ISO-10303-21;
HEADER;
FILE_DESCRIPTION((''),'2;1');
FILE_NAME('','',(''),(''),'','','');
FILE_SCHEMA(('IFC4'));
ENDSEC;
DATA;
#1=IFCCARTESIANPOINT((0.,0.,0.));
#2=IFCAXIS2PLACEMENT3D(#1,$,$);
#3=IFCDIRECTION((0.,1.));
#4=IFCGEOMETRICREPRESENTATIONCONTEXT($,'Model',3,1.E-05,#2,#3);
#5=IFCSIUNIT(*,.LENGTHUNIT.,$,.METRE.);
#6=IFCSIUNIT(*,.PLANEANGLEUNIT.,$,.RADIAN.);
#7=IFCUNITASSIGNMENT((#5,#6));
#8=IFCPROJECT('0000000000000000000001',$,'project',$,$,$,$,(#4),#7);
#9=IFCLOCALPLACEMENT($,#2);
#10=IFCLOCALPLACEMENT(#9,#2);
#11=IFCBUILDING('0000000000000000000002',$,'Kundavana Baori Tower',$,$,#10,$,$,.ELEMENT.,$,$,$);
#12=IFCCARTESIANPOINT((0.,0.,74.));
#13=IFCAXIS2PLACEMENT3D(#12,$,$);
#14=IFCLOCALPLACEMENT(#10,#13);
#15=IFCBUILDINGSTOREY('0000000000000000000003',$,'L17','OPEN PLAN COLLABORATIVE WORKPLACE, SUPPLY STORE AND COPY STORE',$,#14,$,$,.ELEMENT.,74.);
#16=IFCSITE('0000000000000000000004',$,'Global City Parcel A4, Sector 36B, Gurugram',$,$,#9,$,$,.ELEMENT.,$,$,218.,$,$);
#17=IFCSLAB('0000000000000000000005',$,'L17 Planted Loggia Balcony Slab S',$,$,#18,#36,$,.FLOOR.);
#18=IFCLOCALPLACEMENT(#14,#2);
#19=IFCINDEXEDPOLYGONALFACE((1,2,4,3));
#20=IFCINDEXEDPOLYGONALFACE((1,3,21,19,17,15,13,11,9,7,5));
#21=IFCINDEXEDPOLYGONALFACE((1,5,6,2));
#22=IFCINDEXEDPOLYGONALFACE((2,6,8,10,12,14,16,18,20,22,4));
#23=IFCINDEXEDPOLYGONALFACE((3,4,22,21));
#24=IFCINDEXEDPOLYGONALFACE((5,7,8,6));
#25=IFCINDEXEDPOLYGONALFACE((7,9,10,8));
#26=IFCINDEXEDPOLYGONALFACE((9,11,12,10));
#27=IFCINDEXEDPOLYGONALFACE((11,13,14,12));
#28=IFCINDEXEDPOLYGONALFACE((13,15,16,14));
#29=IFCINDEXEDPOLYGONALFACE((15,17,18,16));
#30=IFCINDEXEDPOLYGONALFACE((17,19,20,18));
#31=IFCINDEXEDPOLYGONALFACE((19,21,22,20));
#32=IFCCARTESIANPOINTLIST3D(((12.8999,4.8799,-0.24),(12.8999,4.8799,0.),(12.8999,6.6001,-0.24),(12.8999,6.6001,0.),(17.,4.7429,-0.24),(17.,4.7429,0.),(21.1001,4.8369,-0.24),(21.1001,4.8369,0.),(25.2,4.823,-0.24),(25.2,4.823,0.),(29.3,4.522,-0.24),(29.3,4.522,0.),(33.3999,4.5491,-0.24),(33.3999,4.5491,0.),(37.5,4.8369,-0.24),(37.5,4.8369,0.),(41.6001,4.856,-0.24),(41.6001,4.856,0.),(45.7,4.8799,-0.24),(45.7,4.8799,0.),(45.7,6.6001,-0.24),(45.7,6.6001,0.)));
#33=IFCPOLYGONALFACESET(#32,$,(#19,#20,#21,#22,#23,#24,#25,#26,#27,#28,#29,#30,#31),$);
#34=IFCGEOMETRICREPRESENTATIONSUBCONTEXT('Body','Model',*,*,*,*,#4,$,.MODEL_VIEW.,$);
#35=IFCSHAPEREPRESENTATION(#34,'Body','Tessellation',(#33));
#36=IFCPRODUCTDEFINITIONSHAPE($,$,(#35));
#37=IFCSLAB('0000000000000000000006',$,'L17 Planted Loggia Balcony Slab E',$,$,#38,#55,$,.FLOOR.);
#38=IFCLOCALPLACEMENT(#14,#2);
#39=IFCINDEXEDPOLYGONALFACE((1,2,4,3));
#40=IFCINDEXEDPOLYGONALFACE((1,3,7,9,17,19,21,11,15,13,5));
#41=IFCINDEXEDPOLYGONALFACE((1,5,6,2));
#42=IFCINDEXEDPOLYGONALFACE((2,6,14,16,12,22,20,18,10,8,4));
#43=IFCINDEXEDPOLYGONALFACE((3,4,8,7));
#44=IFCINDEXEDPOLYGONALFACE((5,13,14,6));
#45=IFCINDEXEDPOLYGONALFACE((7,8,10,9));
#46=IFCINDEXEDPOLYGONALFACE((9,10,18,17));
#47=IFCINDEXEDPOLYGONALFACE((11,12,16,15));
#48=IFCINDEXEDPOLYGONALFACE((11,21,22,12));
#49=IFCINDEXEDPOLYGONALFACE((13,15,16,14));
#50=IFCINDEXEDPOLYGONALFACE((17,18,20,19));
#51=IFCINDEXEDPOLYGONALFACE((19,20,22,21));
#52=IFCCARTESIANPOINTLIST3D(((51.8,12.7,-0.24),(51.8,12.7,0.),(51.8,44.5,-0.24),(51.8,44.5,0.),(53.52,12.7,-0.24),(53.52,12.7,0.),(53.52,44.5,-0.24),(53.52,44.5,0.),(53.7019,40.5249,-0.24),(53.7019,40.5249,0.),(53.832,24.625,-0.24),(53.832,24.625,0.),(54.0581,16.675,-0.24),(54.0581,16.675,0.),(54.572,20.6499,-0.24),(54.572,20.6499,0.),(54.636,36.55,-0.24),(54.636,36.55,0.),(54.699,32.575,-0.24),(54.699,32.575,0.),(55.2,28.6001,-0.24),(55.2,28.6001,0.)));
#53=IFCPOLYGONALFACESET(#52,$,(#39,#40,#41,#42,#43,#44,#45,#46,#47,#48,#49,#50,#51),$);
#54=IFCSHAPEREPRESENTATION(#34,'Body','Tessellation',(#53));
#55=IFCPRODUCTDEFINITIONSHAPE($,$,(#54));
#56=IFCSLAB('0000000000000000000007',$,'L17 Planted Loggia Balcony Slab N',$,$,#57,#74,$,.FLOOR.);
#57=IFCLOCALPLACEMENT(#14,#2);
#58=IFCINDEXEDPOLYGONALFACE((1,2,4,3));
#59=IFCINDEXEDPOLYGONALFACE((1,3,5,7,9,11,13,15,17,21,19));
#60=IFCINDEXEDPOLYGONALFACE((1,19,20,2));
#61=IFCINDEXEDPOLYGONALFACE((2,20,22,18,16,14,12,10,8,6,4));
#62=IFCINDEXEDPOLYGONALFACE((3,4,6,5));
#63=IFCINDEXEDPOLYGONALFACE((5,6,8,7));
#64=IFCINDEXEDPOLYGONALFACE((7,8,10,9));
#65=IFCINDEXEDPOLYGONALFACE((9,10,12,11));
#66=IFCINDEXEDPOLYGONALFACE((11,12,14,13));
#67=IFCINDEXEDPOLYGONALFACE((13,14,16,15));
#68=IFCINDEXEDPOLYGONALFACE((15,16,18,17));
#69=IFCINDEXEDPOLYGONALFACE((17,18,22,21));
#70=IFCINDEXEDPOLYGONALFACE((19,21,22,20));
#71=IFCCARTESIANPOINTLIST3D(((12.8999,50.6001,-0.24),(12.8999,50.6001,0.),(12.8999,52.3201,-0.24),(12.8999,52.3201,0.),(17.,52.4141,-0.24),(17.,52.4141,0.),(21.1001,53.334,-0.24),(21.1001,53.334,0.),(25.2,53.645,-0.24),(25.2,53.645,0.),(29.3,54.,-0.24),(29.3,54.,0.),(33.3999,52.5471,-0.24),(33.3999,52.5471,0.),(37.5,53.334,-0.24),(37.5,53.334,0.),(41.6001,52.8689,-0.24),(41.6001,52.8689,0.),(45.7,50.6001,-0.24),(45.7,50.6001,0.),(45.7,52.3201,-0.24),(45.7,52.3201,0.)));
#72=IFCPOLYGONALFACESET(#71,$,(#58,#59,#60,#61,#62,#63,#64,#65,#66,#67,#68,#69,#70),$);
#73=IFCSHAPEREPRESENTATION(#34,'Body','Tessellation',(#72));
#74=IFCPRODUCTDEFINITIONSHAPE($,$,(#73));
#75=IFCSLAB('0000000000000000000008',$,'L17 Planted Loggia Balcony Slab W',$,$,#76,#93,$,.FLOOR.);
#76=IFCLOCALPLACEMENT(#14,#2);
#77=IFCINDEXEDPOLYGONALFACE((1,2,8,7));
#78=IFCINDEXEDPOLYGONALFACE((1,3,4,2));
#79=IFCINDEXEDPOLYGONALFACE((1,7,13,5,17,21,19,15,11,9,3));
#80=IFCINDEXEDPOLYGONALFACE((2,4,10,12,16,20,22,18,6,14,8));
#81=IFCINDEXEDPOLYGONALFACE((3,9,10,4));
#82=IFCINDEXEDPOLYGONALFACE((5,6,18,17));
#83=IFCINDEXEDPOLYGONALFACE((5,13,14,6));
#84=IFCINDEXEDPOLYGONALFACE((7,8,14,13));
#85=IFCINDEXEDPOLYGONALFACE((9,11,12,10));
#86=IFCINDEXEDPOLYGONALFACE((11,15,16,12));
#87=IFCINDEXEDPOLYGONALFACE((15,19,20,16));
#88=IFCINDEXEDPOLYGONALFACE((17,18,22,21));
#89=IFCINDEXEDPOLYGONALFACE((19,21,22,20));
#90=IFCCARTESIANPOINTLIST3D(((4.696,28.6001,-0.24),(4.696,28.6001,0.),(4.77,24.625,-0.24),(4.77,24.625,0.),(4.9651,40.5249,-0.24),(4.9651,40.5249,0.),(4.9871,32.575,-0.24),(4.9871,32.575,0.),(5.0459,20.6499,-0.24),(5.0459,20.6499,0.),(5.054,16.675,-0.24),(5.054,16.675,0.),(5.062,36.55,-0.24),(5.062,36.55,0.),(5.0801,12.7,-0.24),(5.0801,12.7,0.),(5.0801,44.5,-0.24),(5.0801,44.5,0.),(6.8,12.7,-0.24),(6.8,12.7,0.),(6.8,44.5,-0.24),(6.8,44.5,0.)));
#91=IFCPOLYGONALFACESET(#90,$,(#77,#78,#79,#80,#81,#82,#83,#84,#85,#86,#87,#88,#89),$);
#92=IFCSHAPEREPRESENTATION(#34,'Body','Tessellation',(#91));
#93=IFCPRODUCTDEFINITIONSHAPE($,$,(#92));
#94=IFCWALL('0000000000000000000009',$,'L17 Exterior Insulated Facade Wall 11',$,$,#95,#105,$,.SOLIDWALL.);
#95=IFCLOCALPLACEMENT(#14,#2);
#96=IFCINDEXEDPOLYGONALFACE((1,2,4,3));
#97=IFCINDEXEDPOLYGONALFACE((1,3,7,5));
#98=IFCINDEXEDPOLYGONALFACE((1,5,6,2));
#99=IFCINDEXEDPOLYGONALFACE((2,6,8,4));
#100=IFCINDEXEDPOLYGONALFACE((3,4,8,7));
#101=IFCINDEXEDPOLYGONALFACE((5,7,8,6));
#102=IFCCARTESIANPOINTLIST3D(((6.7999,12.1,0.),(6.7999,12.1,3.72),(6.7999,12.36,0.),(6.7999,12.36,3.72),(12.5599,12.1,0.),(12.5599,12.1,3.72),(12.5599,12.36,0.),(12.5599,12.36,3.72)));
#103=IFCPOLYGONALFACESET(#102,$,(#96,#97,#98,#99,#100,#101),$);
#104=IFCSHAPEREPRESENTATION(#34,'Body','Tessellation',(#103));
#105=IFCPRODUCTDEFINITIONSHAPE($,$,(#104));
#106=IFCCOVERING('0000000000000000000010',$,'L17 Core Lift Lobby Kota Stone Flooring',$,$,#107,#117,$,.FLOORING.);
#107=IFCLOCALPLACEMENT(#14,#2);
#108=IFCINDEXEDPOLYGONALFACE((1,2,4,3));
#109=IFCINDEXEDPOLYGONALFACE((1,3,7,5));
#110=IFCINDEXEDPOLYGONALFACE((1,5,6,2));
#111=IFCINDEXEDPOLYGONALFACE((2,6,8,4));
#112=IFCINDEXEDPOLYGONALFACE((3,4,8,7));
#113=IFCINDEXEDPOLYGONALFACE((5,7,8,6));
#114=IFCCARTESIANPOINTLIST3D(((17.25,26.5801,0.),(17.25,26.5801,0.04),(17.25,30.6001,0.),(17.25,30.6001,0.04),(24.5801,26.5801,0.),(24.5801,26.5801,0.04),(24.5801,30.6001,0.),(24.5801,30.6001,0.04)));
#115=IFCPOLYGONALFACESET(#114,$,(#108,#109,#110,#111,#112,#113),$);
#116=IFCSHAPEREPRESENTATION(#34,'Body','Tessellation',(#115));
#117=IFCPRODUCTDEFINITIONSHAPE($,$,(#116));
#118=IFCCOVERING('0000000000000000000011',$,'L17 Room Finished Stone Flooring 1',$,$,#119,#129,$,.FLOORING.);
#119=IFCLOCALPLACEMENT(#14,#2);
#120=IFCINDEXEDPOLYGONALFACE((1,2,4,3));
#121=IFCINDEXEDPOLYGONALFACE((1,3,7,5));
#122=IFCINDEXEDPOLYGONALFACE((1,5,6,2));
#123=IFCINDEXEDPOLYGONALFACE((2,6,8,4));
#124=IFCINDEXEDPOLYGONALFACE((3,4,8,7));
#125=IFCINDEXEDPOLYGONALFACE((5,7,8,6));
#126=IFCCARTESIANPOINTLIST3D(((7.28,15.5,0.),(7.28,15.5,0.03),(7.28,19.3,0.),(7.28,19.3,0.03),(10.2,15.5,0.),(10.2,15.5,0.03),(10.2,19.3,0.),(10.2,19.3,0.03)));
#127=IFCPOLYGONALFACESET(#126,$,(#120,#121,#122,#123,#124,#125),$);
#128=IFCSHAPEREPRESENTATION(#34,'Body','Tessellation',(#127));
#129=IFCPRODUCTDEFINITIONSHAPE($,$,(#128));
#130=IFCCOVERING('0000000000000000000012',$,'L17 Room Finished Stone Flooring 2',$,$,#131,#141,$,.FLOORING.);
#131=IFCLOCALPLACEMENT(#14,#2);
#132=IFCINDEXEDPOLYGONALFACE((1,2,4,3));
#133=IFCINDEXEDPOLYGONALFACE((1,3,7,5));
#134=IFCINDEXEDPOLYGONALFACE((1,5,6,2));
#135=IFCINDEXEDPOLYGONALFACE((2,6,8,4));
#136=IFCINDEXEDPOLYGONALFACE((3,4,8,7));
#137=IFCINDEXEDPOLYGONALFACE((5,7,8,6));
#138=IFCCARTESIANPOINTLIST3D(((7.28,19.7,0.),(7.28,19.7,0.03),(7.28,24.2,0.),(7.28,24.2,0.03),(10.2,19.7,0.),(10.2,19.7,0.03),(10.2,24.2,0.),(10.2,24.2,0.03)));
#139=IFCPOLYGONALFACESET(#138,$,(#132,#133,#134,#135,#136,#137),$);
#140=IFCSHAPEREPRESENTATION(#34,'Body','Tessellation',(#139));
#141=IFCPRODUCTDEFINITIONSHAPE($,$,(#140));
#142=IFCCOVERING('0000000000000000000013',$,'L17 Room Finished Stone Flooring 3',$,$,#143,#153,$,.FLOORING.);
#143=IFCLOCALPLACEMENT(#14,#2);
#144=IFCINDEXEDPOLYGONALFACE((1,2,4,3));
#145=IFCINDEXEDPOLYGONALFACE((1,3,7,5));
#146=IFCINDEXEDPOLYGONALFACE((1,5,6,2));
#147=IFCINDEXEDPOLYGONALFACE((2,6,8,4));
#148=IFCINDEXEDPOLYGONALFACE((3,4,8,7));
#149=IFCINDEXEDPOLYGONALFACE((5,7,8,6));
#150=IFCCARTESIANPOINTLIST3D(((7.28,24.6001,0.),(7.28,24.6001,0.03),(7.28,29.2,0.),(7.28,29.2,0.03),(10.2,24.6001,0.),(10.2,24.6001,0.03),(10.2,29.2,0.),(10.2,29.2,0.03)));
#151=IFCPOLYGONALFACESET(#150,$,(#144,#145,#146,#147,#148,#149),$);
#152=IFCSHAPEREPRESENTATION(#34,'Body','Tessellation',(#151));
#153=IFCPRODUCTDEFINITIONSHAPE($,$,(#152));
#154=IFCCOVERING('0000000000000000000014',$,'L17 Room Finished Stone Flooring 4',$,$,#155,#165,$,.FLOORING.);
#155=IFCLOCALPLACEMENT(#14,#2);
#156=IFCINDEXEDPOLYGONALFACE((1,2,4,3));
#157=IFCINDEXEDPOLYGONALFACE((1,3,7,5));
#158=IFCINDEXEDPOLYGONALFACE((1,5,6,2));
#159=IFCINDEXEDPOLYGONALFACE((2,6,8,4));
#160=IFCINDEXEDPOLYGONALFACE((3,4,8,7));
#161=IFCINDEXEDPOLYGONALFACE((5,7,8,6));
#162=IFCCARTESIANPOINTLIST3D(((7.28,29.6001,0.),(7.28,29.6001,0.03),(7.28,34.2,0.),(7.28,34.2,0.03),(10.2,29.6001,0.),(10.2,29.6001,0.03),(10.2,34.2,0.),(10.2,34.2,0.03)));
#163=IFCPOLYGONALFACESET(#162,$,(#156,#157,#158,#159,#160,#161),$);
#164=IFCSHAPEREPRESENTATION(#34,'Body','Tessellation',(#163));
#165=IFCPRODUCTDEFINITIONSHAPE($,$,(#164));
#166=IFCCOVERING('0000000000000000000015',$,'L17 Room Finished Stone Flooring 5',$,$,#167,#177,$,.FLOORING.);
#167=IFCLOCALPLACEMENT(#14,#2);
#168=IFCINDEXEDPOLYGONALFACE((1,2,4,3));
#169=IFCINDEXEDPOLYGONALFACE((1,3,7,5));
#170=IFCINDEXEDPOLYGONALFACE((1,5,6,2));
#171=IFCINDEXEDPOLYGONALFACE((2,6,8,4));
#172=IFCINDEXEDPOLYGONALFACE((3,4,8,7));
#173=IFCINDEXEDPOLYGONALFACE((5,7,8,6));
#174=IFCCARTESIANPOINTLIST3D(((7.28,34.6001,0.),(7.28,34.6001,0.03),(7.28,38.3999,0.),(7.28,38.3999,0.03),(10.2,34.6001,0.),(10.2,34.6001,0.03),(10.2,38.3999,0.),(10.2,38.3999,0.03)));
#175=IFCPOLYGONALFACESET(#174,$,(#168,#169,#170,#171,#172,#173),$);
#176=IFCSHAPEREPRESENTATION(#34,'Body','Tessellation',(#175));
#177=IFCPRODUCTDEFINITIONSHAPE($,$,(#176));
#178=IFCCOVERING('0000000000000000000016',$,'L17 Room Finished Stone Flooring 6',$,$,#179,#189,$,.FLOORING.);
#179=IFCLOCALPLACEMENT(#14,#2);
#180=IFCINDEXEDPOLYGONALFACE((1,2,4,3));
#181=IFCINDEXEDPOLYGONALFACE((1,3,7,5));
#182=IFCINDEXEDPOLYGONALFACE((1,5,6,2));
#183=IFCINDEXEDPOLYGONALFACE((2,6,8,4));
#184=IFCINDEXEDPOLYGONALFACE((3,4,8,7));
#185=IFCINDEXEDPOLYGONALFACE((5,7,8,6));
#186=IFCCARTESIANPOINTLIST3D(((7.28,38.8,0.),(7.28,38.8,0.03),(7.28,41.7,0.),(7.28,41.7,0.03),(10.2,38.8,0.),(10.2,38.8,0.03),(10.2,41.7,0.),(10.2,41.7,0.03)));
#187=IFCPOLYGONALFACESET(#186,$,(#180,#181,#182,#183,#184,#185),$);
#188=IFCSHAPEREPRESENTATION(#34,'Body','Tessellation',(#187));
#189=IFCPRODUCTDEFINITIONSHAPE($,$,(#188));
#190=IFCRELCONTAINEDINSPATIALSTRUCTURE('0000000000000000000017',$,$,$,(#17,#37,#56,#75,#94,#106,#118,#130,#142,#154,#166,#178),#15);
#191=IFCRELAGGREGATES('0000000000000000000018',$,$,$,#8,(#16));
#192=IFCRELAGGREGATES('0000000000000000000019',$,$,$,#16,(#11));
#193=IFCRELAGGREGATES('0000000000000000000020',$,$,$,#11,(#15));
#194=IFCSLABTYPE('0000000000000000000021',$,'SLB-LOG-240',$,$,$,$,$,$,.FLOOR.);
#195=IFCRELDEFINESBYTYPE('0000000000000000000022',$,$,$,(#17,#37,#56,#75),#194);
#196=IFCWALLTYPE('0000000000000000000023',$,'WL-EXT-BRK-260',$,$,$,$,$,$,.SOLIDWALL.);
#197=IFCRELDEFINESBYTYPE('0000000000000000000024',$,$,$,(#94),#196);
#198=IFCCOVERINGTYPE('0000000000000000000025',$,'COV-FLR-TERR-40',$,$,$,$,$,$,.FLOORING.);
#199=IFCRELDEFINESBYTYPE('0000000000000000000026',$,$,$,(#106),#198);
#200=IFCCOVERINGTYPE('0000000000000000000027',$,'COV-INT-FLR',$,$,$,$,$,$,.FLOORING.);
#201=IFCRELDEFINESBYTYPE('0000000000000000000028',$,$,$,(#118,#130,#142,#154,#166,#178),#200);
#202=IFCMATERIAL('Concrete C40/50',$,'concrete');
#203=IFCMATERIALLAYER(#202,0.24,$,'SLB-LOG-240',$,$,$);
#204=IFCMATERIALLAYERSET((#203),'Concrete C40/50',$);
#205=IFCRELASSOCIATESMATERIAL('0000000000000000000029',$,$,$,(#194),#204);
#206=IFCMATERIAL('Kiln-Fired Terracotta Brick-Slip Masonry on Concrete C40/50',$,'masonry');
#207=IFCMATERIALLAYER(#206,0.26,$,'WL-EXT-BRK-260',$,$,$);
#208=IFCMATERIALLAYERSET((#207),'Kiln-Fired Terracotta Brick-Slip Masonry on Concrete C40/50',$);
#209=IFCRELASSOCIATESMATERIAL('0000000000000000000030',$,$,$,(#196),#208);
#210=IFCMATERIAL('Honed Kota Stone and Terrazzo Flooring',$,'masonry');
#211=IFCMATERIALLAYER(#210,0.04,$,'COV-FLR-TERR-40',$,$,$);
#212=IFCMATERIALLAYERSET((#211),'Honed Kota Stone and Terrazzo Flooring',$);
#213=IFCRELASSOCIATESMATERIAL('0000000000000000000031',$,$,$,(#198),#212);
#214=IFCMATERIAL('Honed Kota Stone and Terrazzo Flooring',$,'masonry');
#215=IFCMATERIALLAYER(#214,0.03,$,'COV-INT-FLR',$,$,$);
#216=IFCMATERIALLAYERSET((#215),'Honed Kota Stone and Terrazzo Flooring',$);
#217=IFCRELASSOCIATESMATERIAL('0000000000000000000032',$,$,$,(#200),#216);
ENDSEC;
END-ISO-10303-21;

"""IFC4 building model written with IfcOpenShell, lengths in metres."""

from ifc_helpers import new_model, si_unit, direction, frame, frame_2d, origin, place, context, subcontext, project, spatial, polyline, rectangle, outline, extrude, material, layer, layer_set, type_object, element, save


model = new_model("IFC4")

# Units and contexts
model_context = context("Model", 3, precision=1e-05, world=origin(), true_north=direction((0.0, 1.0)))
body_context = subcontext(model_context, "Body", "Model", "MODEL_VIEW")
ifc_project = project(units=[si_unit("LENGTHUNIT", "METRE"), si_unit("PLANEANGLEUNIT", "RADIAN")], contexts=[model_context])

# Site, building, storey
site_placement = place(None, origin())
site = spatial("IfcSite", under=ifc_project, at=site_placement, Name="Global City Parcel A4, Sector 36B, Gurugram", CompositionType="ELEMENT", RefElevation=218.0)
building_placement = place(site_placement, origin())
building = spatial("IfcBuilding", under=site, at=building_placement, Name="Kundavana Baori Tower", CompositionType="ELEMENT")
storey_placement = place(building_placement, frame((0.0, 0.0, 74.0)))
storey = spatial("IfcBuildingStorey", under=building, at=storey_placement, Name="L17", Description="OPEN PLAN COLLABORATIVE WORKPLACE, SUPPLY STORE AND COPY STORE", CompositionType="ELEMENT", Elevation=74.0)

# Slabs
ifc_material_1 = material(Name="Concrete C40/50", Category="concrete")
ifc_layer_1 = layer(ifc_material_1, 0.24, Name="SLB-LOG-240")
ifc_layer_set_1 = layer_set([ifc_layer_1], Name="Concrete C40/50")
slab_type_1 = type_object("IfcSlabType", Name="SLB-LOG-240", PredefinedType="FLOOR", material=ifc_layer_set_1)
slab_1_placement = place(storey_placement, frame((0.0, 0.0, -0.24)))
element("IfcSlab", 1, at=slab_1_placement, inside=storey, type_object=slab_type_1, Name="L17 Planted Loggia Balcony Slab S", PredefinedType="FLOOR", context=body_context, shape_type="SweptSolid", body=[
    extrude(outline(polyline([(12.8999, 6.6001), (45.7, 6.6001), (45.7, 4.8799), (41.6001, 4.856), (37.5, 4.8369), (33.3999, 4.5491), (29.3, 4.522), (25.2, 4.823), (21.1001, 4.8369), (17.0, 4.7429), (12.8999, 4.8799), (12.8999, 6.6001)])), origin(), (0.0, 0.0, 1.0), 0.24),
])
slab_2_placement = place(storey_placement, frame((0.0, 0.0, -0.24)))
element("IfcSlab", 2, at=slab_2_placement, inside=storey, type_object=slab_type_1, Name="L17 Planted Loggia Balcony Slab E", PredefinedType="FLOOR", context=body_context, shape_type="SweptSolid", body=[
    extrude(outline(polyline([(51.8, 12.7), (51.8, 44.5), (53.52, 44.5), (53.7019, 40.5249), (54.636, 36.55), (54.699, 32.575), (55.2, 28.6001), (53.832, 24.625), (54.572, 20.6499), (54.0581, 16.675), (53.52, 12.7), (51.8, 12.7)])), origin(), (0.0, 0.0, 1.0), 0.24),
])
slab_3_placement = place(storey_placement, frame((0.0, 0.0, -0.24)))
element("IfcSlab", 3, at=slab_3_placement, inside=storey, type_object=slab_type_1, Name="L17 Planted Loggia Balcony Slab N", PredefinedType="FLOOR", context=body_context, shape_type="SweptSolid", body=[
    extrude(outline(polyline([(45.7, 50.6001), (12.8999, 50.6001), (12.8999, 52.3201), (17.0, 52.4141), (21.1001, 53.334), (25.2, 53.645), (29.3, 54.0), (33.3999, 52.5471), (37.5, 53.334), (41.6001, 52.8689), (45.7, 52.3201), (45.7, 50.6001)])), origin(), (0.0, 0.0, 1.0), 0.24),
])
slab_4_placement = place(storey_placement, frame((0.0, 0.0, -0.24)))
element("IfcSlab", 4, at=slab_4_placement, inside=storey, type_object=slab_type_1, Name="L17 Planted Loggia Balcony Slab W", PredefinedType="FLOOR", context=body_context, shape_type="SweptSolid", body=[
    extrude(outline(polyline([(6.8, 44.5), (6.8, 12.7), (5.0801, 12.7), (5.054, 16.675), (5.0459, 20.6499), (4.77, 24.625), (4.696, 28.6001), (4.9871, 32.575), (5.062, 36.55), (4.9651, 40.5249), (5.0801, 44.5), (6.8, 44.5)])), origin(), (0.0, 0.0, 1.0), 0.24),
])

# Wall
ifc_material_2 = material(Name="Kiln-Fired Terracotta Brick-Slip Masonry on Concrete C40/50", Category="masonry")
ifc_layer_2 = layer(ifc_material_2, 0.26, Name="WL-EXT-BRK-260")
ifc_layer_set_2 = layer_set([ifc_layer_2], Name="Kiln-Fired Terracotta Brick-Slip Masonry on Concrete C40/50")
wall_type = type_object("IfcWallType", Name="WL-EXT-BRK-260", PredefinedType="SOLIDWALL", material=ifc_layer_set_2)
wall_placement = place(storey_placement, frame((6.8, 12.23, 0.0), z_axis=(0.0, 0.0, 1.0), x_axis=(1.0, 0.0, 0.0)))
element("IfcWall", 5, at=wall_placement, inside=storey, type_object=wall_type, Name="L17 Exterior Insulated Facade Wall 11", PredefinedType="SOLIDWALL", context=body_context, shape_type="SweptSolid", body=[
    extrude(rectangle(XDim=5.76, YDim=0.26, at=frame_2d((2.8799, 0.0))), origin(), (0.0, 0.0, 1.0), 3.72),
])

# Coverings
ifc_material_3 = material(Name="Honed Kota Stone and Terrazzo Flooring", Category="masonry")
ifc_layer_3 = layer(ifc_material_3, 0.04, Name="COV-FLR-TERR-40")
ifc_layer_set_3 = layer_set([ifc_layer_3], Name="Honed Kota Stone and Terrazzo Flooring")
covering_type_1 = type_object("IfcCoveringType", Name="COV-FLR-TERR-40", PredefinedType="FLOORING", material=ifc_layer_set_3)
covering_1_placement = place(storey_placement, origin())
element("IfcCovering", 6, at=covering_1_placement, inside=storey, type_object=covering_type_1, Name="L17 Core Lift Lobby Kota Stone Flooring", PredefinedType="FLOORING", context=body_context, shape_type="SweptSolid", body=[
    extrude(outline(polyline([(17.25, 26.5801), (24.5801, 26.5801), (24.5801, 30.6001), (17.25, 30.6001), (17.25, 26.5801)])), origin(), (0.0, 0.0, 1.0), 0.04),
])
ifc_material_4 = material(Name="Honed Kota Stone and Terrazzo Flooring", Category="masonry")
ifc_layer_4 = layer(ifc_material_4, 0.03, Name="COV-INT-FLR")
ifc_layer_set_4 = layer_set([ifc_layer_4], Name="Honed Kota Stone and Terrazzo Flooring")
covering_type_2 = type_object("IfcCoveringType", Name="COV-INT-FLR", PredefinedType="FLOORING", material=ifc_layer_set_4)
covering_2_placement = place(storey_placement, origin())
element("IfcCovering", 7, at=covering_2_placement, inside=storey, type_object=covering_type_2, Name="L17 Room Finished Stone Flooring 1", PredefinedType="FLOORING", context=body_context, shape_type="SweptSolid", body=[
    extrude(outline(polyline([(7.28, 15.5), (10.2, 15.5), (10.2, 19.3), (7.28, 19.3), (7.28, 15.5)])), origin(), (0.0, 0.0, 1.0), 0.03),
])
covering_3_placement = place(storey_placement, origin())
element("IfcCovering", 8, at=covering_3_placement, inside=storey, type_object=covering_type_2, Name="L17 Room Finished Stone Flooring 2", PredefinedType="FLOORING", context=body_context, shape_type="SweptSolid", body=[
    extrude(outline(polyline([(7.28, 19.7), (10.2, 19.7), (10.2, 24.2), (7.28, 24.2), (7.28, 19.7)])), origin(), (0.0, 0.0, 1.0), 0.03),
])
covering_4_placement = place(storey_placement, origin())
element("IfcCovering", 9, at=covering_4_placement, inside=storey, type_object=covering_type_2, Name="L17 Room Finished Stone Flooring 3", PredefinedType="FLOORING", context=body_context, shape_type="SweptSolid", body=[
    extrude(outline(polyline([(7.28, 24.6001), (10.2, 24.6001), (10.2, 29.2), (7.28, 29.2), (7.28, 24.6001)])), origin(), (0.0, 0.0, 1.0), 0.03),
])
covering_5_placement = place(storey_placement, origin())
element("IfcCovering", 10, at=covering_5_placement, inside=storey, type_object=covering_type_2, Name="L17 Room Finished Stone Flooring 4", PredefinedType="FLOORING", context=body_context, shape_type="SweptSolid", body=[
    extrude(outline(polyline([(7.28, 29.6001), (10.2, 29.6001), (10.2, 34.2), (7.28, 34.2), (7.28, 29.6001)])), origin(), (0.0, 0.0, 1.0), 0.03),
])
covering_6_placement = place(storey_placement, origin())
element("IfcCovering", 11, at=covering_6_placement, inside=storey, type_object=covering_type_2, Name="L17 Room Finished Stone Flooring 5", PredefinedType="FLOORING", context=body_context, shape_type="SweptSolid", body=[
    extrude(outline(polyline([(7.28, 34.6001), (10.2, 34.6001), (10.2, 38.3999), (7.28, 38.3999), (7.28, 34.6001)])), origin(), (0.0, 0.0, 1.0), 0.03),
])
covering_7_placement = place(storey_placement, origin())
element("IfcCovering", 12, at=covering_7_placement, inside=storey, type_object=covering_type_2, Name="L17 Room Finished Stone Flooring 6", PredefinedType="FLOORING", context=body_context, shape_type="SweptSolid", body=[
    extrude(outline(polyline([(7.28, 38.8), (10.2, 38.8), (10.2, 41.7), (7.28, 41.7), (7.28, 38.8)])), origin(), (0.0, 0.0, 1.0), 0.03),
])

save(model, "model.ifc")
